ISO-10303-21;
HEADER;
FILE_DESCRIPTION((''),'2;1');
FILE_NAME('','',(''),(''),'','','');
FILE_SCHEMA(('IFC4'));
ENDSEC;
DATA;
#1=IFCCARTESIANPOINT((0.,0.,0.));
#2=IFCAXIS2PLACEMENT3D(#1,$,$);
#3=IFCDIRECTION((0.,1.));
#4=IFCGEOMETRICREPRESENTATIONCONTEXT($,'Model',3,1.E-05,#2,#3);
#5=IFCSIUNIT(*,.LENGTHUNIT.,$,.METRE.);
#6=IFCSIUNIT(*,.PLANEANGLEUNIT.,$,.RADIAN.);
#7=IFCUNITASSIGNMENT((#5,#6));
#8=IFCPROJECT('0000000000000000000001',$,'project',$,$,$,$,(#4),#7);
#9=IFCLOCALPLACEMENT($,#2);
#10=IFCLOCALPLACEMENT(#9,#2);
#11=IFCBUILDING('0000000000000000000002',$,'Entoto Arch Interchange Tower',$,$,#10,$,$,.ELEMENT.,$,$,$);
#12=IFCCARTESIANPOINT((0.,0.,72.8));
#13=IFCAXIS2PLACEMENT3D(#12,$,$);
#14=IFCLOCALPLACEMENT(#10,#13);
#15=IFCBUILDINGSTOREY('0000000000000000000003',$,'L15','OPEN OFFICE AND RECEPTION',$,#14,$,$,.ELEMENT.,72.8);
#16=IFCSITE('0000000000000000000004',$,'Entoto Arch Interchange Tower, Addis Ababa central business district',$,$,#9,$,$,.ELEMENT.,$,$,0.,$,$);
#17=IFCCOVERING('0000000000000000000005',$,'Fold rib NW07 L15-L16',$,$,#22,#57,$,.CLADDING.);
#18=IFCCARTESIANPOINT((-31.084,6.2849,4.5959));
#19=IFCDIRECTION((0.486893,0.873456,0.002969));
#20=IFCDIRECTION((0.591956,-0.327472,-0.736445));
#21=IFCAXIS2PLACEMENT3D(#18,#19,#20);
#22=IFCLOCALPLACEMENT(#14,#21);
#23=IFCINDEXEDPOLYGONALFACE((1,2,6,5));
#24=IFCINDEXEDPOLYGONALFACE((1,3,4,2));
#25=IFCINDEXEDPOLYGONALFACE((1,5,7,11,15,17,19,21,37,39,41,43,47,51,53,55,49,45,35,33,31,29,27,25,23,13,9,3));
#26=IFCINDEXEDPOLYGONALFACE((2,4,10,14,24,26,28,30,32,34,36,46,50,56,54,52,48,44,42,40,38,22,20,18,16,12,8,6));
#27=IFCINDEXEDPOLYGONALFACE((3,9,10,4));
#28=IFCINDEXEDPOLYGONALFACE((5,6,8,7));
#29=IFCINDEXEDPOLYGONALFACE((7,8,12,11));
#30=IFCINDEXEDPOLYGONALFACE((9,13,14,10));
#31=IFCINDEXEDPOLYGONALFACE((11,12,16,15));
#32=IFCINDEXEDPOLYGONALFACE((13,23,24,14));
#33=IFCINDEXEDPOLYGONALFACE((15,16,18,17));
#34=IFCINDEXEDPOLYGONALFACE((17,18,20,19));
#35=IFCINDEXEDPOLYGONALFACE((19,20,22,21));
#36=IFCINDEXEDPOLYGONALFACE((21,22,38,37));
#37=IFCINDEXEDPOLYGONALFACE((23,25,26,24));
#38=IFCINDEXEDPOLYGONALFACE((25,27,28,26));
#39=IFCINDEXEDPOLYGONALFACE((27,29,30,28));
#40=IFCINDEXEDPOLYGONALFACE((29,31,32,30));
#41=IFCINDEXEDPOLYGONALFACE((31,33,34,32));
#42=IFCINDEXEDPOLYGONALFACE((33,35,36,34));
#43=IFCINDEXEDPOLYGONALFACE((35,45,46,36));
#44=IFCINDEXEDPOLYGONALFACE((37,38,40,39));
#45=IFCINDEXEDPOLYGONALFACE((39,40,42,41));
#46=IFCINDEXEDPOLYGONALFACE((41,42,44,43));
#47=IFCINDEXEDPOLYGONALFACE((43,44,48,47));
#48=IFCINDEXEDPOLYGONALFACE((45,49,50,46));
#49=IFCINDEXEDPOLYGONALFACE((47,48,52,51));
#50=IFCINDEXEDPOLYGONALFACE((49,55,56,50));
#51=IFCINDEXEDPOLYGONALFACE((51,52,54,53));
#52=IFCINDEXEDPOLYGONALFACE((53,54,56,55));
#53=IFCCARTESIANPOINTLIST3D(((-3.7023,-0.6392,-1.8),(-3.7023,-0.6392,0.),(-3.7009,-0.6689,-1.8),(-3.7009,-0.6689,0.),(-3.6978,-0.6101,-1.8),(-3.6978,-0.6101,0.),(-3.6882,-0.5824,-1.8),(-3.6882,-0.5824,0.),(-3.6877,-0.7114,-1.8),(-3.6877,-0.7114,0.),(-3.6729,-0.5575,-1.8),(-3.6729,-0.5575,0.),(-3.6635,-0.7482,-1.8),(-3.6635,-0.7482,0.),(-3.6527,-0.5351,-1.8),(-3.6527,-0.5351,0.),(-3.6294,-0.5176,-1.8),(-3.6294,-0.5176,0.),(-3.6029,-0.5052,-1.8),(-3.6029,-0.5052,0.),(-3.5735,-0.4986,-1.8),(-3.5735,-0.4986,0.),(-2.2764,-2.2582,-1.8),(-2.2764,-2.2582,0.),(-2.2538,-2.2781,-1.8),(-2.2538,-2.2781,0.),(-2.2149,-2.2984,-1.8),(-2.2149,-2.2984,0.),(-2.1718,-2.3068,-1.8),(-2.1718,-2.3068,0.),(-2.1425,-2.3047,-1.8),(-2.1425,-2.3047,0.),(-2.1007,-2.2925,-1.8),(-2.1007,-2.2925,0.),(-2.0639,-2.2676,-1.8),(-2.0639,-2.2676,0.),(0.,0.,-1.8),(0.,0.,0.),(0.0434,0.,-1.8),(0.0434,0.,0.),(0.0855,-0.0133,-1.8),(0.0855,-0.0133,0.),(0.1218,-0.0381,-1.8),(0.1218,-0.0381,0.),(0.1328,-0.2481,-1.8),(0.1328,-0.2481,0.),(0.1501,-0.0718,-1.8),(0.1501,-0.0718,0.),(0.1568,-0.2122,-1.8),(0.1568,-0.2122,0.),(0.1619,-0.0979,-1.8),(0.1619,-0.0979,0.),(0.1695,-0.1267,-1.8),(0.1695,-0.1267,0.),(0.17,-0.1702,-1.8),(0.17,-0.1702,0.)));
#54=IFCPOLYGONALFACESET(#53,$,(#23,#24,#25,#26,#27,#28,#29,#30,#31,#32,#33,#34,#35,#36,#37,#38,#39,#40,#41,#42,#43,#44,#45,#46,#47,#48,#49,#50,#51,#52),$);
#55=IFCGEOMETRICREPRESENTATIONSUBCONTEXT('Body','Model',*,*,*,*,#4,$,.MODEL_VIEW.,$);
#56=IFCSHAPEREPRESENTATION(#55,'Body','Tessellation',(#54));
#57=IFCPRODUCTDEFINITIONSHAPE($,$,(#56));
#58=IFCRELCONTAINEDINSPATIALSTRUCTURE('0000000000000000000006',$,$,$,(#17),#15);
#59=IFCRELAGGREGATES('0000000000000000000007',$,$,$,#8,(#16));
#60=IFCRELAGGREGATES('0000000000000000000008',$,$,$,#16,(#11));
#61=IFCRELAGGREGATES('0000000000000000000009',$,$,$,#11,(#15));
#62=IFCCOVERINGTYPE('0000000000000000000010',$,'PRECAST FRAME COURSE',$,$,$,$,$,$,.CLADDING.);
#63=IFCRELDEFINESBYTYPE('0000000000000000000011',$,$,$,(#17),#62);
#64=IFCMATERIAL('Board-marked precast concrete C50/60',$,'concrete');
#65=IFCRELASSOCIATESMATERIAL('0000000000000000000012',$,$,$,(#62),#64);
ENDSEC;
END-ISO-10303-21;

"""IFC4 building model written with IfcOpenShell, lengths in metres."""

from ifc_helpers import new_model, si_unit, direction, frame, origin, place, context, subcontext, project, spatial, polyline, outline, extrude, material, type_object, element, save


model = new_model("IFC4")

# Units and contexts
model_context = context("Model", 3, precision=1e-05, world=origin(), true_north=direction((0.0, 1.0)))
body_context = subcontext(model_context, "Body", "Model", "MODEL_VIEW")
ifc_project = project(units=[si_unit("LENGTHUNIT", "METRE"), si_unit("PLANEANGLEUNIT", "RADIAN")], contexts=[model_context])

# Site, building, storey
site_placement = place(None, origin())
site = spatial("IfcSite", under=ifc_project, at=site_placement, Name="Entoto Arch Interchange Tower, Addis Ababa central business district", CompositionType="ELEMENT", RefElevation=0.0)
building_placement = place(site_placement, origin())
building = spatial("IfcBuilding", under=site, at=building_placement, Name="Entoto Arch Interchange Tower", CompositionType="ELEMENT")
storey_placement = place(building_placement, frame((0.0, 0.0, 72.8)))
storey = spatial("IfcBuildingStorey", under=building, at=storey_placement, Name="L15", Description="OPEN OFFICE AND RECEPTION", CompositionType="ELEMENT", Elevation=72.8)

# Covering
ifc_material_1 = material(Name="Board-marked precast concrete C50/60", Category="concrete")
covering_type = type_object("IfcCoveringType", Name="PRECAST FRAME COURSE", PredefinedType="CLADDING", material=ifc_material_1)
covering_placement = place(storey_placement, frame((-31.084, 6.2849, 4.5959), z_axis=(0.486893, 0.873456, 0.002969), x_axis=(0.591956, -0.327472, -0.736445)))
element("IfcCovering", 1, at=covering_placement, inside=storey, type_object=covering_type, Name="Fold rib NW07 L15-L16", PredefinedType="CLADDING", context=body_context, shape_type="SweptSolid", body=[
    extrude(outline(polyline([(0.0, 0.0), (0.0434, 0.0), (0.0855, -0.0133), (0.1218, -0.0381), (0.1501, -0.0718), (0.1619, -0.0979), (0.1695, -0.1267), (0.17, -0.1702), (0.1568, -0.2122), (0.1328, -0.2481), (-2.0639, -2.2676), (-2.1007, -2.2925), (-2.1425, -2.3047), (-2.1718, -2.3068), (-2.2149, -2.2984), (-2.2538, -2.2781), (-2.2764, -2.2582), (-3.6635, -0.7482), (-3.6877, -0.7114), (-3.7009, -0.6689), (-3.7023, -0.6392), (-3.6978, -0.6101), (-3.6882, -0.5824), (-3.6729, -0.5575), (-3.6527, -0.5351), (-3.6294, -0.5176), (-3.6029, -0.5052), (-3.5735, -0.4986), (0.0, 0.0)])), origin(), (0.0, 0.0, -1.0), 1.8),
])

save(model, "model.ifc")
